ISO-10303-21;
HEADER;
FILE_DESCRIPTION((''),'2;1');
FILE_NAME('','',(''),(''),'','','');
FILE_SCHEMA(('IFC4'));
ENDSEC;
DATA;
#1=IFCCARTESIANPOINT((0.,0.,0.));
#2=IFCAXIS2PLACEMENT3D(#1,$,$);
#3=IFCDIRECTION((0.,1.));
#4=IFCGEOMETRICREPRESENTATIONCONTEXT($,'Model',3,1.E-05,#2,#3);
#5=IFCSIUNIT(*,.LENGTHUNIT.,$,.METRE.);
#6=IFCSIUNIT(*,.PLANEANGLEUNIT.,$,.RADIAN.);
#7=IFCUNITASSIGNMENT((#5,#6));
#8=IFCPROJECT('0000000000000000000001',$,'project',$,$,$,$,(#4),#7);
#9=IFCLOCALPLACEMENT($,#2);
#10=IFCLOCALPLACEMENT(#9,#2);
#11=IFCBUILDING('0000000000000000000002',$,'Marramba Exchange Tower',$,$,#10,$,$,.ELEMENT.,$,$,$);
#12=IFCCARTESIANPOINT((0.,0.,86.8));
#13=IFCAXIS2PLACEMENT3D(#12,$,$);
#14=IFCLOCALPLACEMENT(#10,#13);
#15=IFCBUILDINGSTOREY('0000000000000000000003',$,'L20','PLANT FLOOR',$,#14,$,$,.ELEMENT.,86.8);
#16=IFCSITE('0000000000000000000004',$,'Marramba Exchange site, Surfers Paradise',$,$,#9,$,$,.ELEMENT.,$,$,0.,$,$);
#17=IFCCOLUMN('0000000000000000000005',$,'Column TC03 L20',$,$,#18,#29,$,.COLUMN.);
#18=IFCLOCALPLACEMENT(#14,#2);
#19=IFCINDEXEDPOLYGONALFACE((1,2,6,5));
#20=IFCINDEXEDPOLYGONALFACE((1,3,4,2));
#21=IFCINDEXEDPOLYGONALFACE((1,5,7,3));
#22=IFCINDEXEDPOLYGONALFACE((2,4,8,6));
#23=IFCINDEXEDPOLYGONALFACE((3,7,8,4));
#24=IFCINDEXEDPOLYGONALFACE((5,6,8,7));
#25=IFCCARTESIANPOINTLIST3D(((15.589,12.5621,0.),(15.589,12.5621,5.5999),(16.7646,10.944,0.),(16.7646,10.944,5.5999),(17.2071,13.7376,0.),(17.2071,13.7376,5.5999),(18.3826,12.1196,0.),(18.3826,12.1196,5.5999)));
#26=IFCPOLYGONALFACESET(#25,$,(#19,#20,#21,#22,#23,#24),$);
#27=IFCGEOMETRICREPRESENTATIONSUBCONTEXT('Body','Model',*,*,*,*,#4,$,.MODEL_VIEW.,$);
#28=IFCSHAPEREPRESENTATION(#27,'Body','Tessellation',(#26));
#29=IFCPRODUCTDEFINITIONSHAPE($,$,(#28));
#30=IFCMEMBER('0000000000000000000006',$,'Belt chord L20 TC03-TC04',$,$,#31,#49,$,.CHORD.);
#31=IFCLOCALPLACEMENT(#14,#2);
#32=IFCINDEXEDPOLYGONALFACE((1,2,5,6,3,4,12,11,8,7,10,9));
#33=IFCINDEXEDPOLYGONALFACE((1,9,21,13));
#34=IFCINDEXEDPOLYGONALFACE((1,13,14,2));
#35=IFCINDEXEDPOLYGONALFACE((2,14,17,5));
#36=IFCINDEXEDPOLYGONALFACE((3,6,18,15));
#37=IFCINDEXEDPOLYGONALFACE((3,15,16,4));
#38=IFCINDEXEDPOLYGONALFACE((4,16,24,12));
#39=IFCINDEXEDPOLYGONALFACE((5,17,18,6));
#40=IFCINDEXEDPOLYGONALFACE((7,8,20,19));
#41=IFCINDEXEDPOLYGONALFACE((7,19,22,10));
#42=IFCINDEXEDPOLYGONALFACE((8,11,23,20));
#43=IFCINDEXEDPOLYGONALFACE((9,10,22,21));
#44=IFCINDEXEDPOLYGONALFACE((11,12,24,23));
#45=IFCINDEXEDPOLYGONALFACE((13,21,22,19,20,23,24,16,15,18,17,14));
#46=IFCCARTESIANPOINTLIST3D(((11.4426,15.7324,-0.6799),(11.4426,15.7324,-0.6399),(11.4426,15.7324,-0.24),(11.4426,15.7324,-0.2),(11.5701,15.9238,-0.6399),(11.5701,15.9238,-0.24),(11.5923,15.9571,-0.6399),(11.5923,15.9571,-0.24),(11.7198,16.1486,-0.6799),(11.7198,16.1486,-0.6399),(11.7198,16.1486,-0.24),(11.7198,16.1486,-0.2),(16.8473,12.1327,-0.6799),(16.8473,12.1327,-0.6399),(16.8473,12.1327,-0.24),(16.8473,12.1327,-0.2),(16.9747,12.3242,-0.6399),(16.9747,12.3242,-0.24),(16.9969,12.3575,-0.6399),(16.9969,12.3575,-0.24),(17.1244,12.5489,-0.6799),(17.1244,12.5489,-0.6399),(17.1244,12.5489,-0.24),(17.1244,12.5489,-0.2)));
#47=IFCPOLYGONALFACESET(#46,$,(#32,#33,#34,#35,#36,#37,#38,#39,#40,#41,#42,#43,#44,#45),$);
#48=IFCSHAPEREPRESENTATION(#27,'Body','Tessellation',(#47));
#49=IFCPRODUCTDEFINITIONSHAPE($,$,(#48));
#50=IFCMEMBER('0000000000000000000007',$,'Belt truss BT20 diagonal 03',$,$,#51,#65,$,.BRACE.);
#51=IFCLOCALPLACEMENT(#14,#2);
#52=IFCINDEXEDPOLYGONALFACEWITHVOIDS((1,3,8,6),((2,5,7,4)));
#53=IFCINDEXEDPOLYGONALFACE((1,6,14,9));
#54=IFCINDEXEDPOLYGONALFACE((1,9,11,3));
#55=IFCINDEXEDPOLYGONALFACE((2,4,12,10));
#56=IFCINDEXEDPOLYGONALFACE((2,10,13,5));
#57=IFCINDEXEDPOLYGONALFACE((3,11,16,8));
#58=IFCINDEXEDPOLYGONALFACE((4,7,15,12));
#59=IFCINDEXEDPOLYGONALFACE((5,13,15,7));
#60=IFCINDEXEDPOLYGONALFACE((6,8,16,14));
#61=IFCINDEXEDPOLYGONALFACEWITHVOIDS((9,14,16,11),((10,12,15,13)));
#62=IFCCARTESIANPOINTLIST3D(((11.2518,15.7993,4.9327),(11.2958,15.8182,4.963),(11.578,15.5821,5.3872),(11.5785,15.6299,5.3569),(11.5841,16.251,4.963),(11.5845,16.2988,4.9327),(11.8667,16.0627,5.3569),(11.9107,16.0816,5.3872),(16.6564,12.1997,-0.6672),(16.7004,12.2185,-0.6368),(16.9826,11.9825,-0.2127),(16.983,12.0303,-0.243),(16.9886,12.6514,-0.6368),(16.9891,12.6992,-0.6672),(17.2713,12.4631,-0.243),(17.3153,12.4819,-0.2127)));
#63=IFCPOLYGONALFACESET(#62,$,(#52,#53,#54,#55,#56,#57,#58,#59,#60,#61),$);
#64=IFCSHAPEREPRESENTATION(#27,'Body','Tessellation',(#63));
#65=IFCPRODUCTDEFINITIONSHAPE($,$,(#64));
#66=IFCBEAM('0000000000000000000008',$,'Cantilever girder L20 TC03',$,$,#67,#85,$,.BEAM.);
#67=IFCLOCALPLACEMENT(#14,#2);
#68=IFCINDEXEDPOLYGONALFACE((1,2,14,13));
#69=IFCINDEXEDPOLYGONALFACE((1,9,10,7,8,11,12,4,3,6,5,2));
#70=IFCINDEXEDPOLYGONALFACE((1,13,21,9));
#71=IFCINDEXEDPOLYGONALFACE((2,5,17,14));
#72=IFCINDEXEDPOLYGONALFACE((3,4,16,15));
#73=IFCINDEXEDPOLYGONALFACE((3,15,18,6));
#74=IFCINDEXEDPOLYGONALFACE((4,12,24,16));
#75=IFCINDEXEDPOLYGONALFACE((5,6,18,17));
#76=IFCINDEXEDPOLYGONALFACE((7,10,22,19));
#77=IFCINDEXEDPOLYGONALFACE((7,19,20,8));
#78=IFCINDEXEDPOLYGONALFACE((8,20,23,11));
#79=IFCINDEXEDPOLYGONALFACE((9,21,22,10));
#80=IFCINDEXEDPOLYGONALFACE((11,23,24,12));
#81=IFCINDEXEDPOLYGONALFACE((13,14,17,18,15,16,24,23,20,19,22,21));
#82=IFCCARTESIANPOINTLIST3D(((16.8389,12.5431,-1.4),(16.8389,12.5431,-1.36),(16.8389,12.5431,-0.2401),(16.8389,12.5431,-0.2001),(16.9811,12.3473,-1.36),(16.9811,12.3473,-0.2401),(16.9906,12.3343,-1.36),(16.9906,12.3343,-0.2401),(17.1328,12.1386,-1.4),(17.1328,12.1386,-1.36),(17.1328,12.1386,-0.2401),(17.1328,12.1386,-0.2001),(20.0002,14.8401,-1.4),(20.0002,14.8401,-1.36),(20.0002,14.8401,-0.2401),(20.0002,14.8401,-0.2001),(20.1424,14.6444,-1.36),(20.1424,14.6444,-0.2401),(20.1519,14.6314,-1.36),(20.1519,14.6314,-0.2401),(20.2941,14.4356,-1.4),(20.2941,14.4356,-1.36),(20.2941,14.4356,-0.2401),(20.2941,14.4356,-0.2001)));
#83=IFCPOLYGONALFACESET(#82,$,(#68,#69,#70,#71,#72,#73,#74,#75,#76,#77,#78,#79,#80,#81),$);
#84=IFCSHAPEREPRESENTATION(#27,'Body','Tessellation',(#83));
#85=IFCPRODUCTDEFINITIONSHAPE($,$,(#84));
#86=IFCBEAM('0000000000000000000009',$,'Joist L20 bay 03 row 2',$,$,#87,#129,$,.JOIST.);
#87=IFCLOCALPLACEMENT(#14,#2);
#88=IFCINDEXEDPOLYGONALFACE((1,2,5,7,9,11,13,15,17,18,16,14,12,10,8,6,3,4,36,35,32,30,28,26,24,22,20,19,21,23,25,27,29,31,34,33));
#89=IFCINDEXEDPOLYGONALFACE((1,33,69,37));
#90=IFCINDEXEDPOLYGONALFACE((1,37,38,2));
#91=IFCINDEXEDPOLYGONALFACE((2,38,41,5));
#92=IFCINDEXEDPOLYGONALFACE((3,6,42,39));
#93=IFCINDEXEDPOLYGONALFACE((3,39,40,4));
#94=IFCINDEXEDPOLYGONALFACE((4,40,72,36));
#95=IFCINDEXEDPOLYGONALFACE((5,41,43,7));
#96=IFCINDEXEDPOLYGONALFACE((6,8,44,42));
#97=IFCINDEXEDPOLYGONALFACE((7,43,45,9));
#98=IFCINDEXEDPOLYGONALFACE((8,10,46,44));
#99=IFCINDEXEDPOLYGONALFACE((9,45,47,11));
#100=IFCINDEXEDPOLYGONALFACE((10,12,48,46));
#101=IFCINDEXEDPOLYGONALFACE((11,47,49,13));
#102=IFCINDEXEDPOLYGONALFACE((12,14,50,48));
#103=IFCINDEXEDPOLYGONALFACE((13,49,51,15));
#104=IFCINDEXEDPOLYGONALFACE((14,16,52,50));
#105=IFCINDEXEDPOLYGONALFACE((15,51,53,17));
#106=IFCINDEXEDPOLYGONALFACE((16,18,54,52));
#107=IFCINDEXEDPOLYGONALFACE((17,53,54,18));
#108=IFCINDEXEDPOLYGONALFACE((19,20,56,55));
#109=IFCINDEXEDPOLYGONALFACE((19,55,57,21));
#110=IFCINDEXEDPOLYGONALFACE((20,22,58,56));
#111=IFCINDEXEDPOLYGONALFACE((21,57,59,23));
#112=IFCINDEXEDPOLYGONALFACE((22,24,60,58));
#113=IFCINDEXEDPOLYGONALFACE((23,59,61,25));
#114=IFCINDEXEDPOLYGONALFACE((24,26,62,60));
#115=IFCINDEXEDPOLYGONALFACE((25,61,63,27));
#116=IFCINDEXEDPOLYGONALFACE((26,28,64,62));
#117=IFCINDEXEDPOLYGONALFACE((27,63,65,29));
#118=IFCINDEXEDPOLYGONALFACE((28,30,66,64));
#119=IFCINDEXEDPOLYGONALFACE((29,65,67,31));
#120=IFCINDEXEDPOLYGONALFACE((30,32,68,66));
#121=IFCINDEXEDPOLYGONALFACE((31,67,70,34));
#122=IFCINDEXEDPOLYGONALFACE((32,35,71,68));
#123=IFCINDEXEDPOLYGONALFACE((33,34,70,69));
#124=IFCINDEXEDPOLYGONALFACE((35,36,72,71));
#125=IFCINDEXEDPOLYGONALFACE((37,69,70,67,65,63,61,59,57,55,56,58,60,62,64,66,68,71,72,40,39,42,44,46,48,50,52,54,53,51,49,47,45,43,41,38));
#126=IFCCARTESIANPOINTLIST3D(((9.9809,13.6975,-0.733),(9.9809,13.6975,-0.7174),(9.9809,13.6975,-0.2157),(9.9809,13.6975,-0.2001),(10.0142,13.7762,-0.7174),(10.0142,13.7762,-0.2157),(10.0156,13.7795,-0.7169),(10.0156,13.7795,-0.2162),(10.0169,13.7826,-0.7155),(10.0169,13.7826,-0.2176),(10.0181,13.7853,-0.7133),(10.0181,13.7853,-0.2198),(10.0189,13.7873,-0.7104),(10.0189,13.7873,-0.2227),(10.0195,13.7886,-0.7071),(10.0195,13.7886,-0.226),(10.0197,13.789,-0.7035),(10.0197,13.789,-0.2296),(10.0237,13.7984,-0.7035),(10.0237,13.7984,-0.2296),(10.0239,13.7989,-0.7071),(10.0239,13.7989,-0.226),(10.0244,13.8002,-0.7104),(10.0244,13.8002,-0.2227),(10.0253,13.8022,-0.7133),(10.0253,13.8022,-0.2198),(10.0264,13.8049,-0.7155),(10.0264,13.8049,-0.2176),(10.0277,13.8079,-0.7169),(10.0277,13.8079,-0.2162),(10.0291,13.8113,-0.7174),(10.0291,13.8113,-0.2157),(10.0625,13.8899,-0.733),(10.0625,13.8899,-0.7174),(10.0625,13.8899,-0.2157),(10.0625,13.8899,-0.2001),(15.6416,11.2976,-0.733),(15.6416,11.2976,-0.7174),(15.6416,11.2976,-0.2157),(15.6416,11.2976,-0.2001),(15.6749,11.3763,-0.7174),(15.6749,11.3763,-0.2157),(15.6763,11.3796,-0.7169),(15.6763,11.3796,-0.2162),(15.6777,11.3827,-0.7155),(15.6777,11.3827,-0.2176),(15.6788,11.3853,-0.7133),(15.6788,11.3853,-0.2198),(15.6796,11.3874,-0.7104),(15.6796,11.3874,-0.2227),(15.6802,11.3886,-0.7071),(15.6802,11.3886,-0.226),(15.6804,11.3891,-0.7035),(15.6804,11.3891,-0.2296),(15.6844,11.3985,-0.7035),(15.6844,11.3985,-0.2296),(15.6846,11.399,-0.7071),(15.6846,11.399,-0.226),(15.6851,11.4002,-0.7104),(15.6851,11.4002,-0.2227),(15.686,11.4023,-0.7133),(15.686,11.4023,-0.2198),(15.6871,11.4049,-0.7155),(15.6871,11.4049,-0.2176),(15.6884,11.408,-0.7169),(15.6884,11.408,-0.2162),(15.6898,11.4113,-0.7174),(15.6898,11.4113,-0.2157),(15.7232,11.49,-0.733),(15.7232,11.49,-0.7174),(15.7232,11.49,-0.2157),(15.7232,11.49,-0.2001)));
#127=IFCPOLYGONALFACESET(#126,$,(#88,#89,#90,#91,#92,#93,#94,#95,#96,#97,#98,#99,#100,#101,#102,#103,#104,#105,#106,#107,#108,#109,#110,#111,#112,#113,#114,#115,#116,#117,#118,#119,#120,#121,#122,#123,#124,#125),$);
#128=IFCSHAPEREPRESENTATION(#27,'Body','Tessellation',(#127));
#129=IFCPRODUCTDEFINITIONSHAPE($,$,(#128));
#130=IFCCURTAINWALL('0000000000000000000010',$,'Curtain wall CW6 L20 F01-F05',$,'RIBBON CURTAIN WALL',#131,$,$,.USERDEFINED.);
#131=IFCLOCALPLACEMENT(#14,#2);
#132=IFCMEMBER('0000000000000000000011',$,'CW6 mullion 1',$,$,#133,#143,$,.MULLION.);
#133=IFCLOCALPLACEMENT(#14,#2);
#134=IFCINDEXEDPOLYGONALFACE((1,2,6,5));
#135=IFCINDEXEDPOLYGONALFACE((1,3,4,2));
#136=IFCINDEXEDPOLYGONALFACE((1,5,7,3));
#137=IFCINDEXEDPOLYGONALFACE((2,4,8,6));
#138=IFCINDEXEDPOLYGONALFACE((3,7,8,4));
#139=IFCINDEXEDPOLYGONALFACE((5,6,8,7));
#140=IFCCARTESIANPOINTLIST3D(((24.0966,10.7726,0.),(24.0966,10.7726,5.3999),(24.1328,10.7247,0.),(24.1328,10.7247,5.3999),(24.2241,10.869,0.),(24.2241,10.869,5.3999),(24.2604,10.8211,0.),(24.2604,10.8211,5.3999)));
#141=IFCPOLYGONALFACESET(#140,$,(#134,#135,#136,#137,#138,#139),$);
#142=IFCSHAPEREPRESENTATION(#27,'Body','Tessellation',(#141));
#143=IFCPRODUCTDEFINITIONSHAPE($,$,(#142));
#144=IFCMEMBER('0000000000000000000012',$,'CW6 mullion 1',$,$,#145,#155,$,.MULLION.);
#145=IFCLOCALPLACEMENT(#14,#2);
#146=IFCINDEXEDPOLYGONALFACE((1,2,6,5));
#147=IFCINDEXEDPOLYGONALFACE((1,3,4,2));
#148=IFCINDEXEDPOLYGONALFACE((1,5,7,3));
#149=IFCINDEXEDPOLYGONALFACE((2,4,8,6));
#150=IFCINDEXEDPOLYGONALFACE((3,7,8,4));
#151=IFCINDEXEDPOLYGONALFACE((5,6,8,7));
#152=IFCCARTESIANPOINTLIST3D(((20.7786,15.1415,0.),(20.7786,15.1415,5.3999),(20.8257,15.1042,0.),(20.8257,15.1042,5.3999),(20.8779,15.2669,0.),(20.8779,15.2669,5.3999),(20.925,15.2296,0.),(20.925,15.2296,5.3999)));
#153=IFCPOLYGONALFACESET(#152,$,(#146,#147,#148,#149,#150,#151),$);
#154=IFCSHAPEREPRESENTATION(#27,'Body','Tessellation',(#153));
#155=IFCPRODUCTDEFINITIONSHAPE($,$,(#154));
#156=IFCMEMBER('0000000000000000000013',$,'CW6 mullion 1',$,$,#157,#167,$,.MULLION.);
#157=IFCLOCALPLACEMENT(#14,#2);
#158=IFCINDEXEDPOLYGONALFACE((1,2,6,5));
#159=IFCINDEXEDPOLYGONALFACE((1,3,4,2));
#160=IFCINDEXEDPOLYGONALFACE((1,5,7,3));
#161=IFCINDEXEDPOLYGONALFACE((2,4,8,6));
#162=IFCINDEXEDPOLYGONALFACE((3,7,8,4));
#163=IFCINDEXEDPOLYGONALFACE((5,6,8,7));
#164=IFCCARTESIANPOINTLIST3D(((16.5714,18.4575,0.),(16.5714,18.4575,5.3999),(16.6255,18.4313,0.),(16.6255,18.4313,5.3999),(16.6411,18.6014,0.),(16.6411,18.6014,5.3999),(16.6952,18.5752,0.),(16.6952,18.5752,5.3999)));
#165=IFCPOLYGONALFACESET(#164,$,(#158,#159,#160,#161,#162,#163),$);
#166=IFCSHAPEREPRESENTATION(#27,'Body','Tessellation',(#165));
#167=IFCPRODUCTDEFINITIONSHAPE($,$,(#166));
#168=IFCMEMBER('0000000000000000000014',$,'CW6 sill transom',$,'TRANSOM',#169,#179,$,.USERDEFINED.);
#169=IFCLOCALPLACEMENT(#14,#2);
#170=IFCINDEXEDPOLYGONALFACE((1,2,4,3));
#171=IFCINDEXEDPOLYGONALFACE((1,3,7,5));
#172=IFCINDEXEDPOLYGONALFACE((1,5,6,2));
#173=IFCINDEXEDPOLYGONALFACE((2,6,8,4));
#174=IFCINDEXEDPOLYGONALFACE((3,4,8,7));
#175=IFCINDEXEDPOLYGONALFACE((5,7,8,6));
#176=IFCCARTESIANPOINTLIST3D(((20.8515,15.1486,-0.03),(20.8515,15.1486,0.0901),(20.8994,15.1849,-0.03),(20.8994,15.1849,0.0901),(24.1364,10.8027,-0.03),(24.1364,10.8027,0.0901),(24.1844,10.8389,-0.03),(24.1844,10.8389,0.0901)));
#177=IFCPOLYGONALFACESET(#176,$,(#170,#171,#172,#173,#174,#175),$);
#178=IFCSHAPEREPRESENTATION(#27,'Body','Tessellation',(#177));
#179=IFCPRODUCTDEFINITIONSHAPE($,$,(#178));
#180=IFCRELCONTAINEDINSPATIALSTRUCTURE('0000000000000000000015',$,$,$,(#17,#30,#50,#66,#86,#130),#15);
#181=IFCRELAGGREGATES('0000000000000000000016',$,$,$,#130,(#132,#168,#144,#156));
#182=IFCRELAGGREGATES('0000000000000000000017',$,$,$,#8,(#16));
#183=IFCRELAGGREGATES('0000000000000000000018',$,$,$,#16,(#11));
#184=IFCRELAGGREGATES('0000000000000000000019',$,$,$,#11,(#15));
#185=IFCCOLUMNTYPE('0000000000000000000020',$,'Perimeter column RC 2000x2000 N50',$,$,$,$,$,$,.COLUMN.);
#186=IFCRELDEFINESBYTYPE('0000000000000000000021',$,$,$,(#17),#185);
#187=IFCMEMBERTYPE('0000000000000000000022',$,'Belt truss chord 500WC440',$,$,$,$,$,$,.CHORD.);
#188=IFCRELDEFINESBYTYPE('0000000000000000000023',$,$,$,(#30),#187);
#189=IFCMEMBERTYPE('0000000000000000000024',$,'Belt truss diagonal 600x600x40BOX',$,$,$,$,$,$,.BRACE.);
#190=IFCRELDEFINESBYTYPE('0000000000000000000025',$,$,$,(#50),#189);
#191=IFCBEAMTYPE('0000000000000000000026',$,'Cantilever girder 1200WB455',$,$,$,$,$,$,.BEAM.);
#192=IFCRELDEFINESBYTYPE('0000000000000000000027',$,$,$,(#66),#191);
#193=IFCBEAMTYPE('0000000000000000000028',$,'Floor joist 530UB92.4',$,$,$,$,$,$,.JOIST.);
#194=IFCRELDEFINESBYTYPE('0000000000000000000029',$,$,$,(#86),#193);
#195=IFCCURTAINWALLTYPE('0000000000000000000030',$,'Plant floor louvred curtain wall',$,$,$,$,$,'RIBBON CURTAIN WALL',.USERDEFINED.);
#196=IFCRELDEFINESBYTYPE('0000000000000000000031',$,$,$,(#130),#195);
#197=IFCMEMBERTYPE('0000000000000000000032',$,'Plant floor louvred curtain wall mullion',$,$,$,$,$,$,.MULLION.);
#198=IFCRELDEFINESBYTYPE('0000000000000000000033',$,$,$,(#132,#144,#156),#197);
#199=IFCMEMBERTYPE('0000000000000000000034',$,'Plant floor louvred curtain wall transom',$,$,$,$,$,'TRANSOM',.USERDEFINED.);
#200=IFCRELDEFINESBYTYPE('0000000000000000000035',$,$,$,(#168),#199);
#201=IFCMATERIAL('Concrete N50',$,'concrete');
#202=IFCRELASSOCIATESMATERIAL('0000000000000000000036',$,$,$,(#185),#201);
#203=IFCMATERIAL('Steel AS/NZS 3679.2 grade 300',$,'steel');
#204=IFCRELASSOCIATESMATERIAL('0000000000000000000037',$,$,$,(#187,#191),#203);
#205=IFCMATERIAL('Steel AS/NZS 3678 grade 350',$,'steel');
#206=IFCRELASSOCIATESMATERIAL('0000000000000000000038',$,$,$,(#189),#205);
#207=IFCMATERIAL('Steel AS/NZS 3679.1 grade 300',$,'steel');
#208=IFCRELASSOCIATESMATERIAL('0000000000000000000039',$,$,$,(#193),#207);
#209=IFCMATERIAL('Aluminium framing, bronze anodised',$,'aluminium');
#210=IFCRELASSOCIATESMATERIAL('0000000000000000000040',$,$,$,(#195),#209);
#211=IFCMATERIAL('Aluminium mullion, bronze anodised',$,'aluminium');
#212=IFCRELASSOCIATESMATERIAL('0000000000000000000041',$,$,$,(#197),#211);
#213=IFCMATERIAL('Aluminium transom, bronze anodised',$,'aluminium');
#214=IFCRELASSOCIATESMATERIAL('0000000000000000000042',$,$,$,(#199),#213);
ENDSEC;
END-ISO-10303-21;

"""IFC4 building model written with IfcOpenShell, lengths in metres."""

from ifc_helpers import new_model, si_unit, direction, frame, origin, origin_2d, place, context, subcontext, project, spatial, rectangle, hollow_rectangle, i_section, extrude, material, material_profile, profile_set, type_object, element, aggregate, save


model = new_model("IFC4")

# Units and contexts
model_context = context("Model", 3, precision=1e-05, world=origin(), true_north=direction((0.0, 1.0)))
body_context = subcontext(model_context, "Body", "Model", "MODEL_VIEW")
ifc_project = project(units=[si_unit("LENGTHUNIT", "METRE"), si_unit("PLANEANGLEUNIT", "RADIAN")], contexts=[model_context])

# Site, building, storey
site_placement = place(None, origin())
site = spatial("IfcSite", under=ifc_project, at=site_placement, Name="Marramba Exchange site, Surfers Paradise", CompositionType="ELEMENT", RefElevation=0.0)
building_placement = place(site_placement, origin())
building = spatial("IfcBuilding", under=site, at=building_placement, Name="Marramba Exchange Tower", CompositionType="ELEMENT")
storey_placement = place(building_placement, frame((0.0, 0.0, 86.8)))
storey = spatial("IfcBuildingStorey", under=building, at=storey_placement, Name="L20", Description="PLANT FLOOR", CompositionType="ELEMENT", Elevation=86.8)

# Column
ifc_material_1 = material(Name="Concrete N50", Category="concrete")
ifc_material_profile_1 = material_profile(ifc_material_1, rectangle(XDim=2.0, YDim=2.0, at=origin_2d()), Name="RC 2000x2000")
ifc_profile_set_1 = profile_set([ifc_material_profile_1], Name="Concrete N50")
column_type = type_object("IfcColumnType", Name="Perimeter column RC 2000x2000 N50", PredefinedType="COLUMN", material=ifc_profile_set_1)
column_placement = place(storey_placement, frame((16.9858, 12.3408, 0.0), z_axis=(0.0, 0.0, 1.0), x_axis=(0.809017, 0.587785, 0.0)))
element("IfcColumn", 1, at=column_placement, inside=storey, type_object=column_type, Name="Column TC03 L20", PredefinedType="COLUMN", context=body_context, shape_type="SweptSolid", body=[
    extrude(rectangle(XDim=2.0, YDim=2.0, at=origin_2d()), origin(), (0.0, 0.0, 1.0), 5.5999),
])

# Members
ifc_material_2 = material(Name="Steel AS/NZS 3679.2 grade 300", Category="steel")
ifc_material_profile_2 = material_profile(ifc_material_2, i_section(OverallWidth=0.5, OverallDepth=0.48, WebThickness=0.04, FlangeThickness=0.04, at=origin_2d()), Name="500WC440")
ifc_profile_set_2 = profile_set([ifc_material_profile_2], Name="Steel AS/NZS 3679.2 grade 300")
member_type_1 = type_object("IfcMemberType", Name="Belt truss chord 500WC440", PredefinedType="CHORD", material=ifc_profile_set_2)
member_1_placement = place(storey_placement, frame((16.9858, 12.3408, -0.4399), z_axis=(-0.832293, 0.554336, 0.0), x_axis=(-0.554336, -0.832293, 0.0)))
element("IfcMember", 2, at=member_1_placement, inside=storey, type_object=member_type_1, Name="Belt chord L20 TC03-TC04", PredefinedType="CHORD", context=body_context, shape_type="SweptSolid", body=[
    extrude(i_section(OverallWidth=0.5, OverallDepth=0.48, WebThickness=0.04, FlangeThickness=0.04, at=origin_2d()), origin(), (0.0, 0.0, 1.0), 6.4937),
])
ifc_material_3 = material(Name="Steel AS/NZS 3678 grade 350", Category="steel")
ifc_material_profile_3 = material_profile(ifc_material_3, hollow_rectangle(XDim=0.6001, YDim=0.6001, WallThickness=0.04, at=origin_2d()), Name="600x600x40BOX")
ifc_profile_set_3 = profile_set([ifc_material_profile_3], Name="Steel AS/NZS 3678 grade 350")
member_type_2 = type_object("IfcMemberType", Name="Belt truss diagonal 600x600x40BOX", PredefinedType="BRACE", material=ifc_profile_set_3)
member_2_placement = place(storey_placement, frame((16.9858, 12.3408, -0.4399), z_axis=(-0.630293, 0.419797, 0.653071), x_axis=(-0.554336, -0.832293, 0.0)))
element("IfcMember", 3, at=member_2_placement, inside=storey, type_object=member_type_2, Name="Belt truss BT20 diagonal 03", PredefinedType="BRACE", context=body_context, shape_type="SweptSolid", body=[
    extrude(hollow_rectangle(XDim=0.6001, YDim=0.6001, WallThickness=0.04, at=origin_2d()), origin(), (0.0, 0.0, 1.0), 8.5747),
])

# Beams
ifc_material_profile_4 = material_profile(ifc_material_2, i_section(OverallWidth=0.5, OverallDepth=1.2, WebThickness=0.0161, FlangeThickness=0.04, at=origin_2d()), Name="1200WB455")
ifc_profile_set_4 = profile_set([ifc_material_profile_4], Name="Steel AS/NZS 3679.2 grade 300")
beam_type_1 = type_object("IfcBeamType", Name="Cantilever girder 1200WB455", PredefinedType="BEAM", material=ifc_profile_set_4)
beam_1_placement = place(storey_placement, frame((16.9858, 12.3408, -0.8), z_axis=(0.808987, 0.587826, 0.0), x_axis=(-0.587826, 0.808987, 0.0)))
element("IfcBeam", 4, at=beam_1_placement, inside=storey, type_object=beam_type_1, Name="Cantilever girder L20 TC03", PredefinedType="BEAM", context=body_context, shape_type="SweptSolid", body=[
    extrude(i_section(OverallWidth=0.5, OverallDepth=1.2, WebThickness=0.0161, FlangeThickness=0.04, at=origin_2d()), origin(), (0.0, 0.0, 1.0), 3.9077),
])
ifc_material_4 = material(Name="Steel AS/NZS 3679.1 grade 300", Category="steel")
ifc_material_profile_5 = material_profile(ifc_material_4, i_section(OverallWidth=0.209, OverallDepth=0.533, WebThickness=0.0103, FlangeThickness=0.0156, FilletRadius=0.0139, at=origin_2d()), Name="530UB92.4")
ifc_profile_set_5 = profile_set([ifc_material_profile_5], Name="Steel AS/NZS 3679.1 grade 300")
beam_type_2 = type_object("IfcBeamType", Name="Floor joist 530UB92.4", PredefinedType="JOIST", material=ifc_profile_set_5)
beam_2_placement = place(storey_placement, frame((15.6824, 11.3938, -0.4666), z_axis=(-0.920674, 0.390332, 0.0), x_axis=(-0.390332, -0.920674, 0.0)))
element("IfcBeam", 5, at=beam_2_placement, inside=storey, type_object=beam_type_2, Name="Joist L20 bay 03 row 2", PredefinedType="JOIST", context=body_context, shape_type="SweptSolid", body=[
    extrude(i_section(OverallWidth=0.209, OverallDepth=0.533, WebThickness=0.0103, FlangeThickness=0.0156, FilletRadius=0.0139, at=origin_2d()), origin(), (0.0, 0.0, 1.0), 6.1484),
])

# Curtain wall, members
ifc_material_5 = material(Name="Aluminium framing, bronze anodised", Category="aluminium")
curtain_wall_type = type_object("IfcCurtainWallType", Name="Plant floor louvred curtain wall", ElementType="RIBBON CURTAIN WALL", PredefinedType="USERDEFINED", material=ifc_material_5)
curtain_wall_placement = place(storey_placement, origin())
curtain_wall = element("IfcCurtainWall", 6, at=curtain_wall_placement, inside=storey, type_object=curtain_wall_type, Name="Curtain wall CW6 L20 F01-F05", ObjectType="RIBBON CURTAIN WALL", PredefinedType="USERDEFINED")
ifc_material_6 = material(Name="Aluminium mullion, bronze anodised", Category="aluminium")
ifc_material_profile_6 = material_profile(ifc_material_6, rectangle(XDim=0.1599, YDim=0.0601, at=origin_2d()), Name="CW6 mullion 60x160")
ifc_profile_set_6 = profile_set([ifc_material_profile_6], Name="Aluminium mullion, bronze anodised")
member_type_3 = type_object("IfcMemberType", Name="Plant floor louvred curtain wall mullion", PredefinedType="MULLION", material=ifc_profile_set_6)
member_3_placement = place(storey_placement, frame((24.1785, 10.7969, 0.0), z_axis=(0.0, 0.0, 1.0), x_axis=(-0.797749, -0.60299, 0.0)))
member_3 = element("IfcMember", 7, at=member_3_placement, type_object=member_type_3, Name="CW6 mullion 1", PredefinedType="MULLION", context=body_context, shape_type="SweptSolid", body=[
    extrude(rectangle(XDim=0.1599, YDim=0.0601, at=origin_2d()), origin(), (0.0, 0.0, 1.0), 5.3999),
])
member_4_placement = place(storey_placement, frame((20.8518, 15.1855, 0.0), z_axis=(0.0, 0.0, 1.0), x_axis=(-0.62065, -0.784088, 0.0)))
member_4 = element("IfcMember", 8, at=member_4_placement, type_object=member_type_3, Name="CW6 mullion 1", PredefinedType="MULLION", context=body_context, shape_type="SweptSolid", body=[
    extrude(rectangle(XDim=0.1599, YDim=0.0601, at=origin_2d()), origin(), (0.0, 0.0, 1.0), 5.3999),
])
member_5_placement = place(storey_placement, frame((16.6333, 18.5164, 0.0), z_axis=(0.0, 0.0, 1.0), x_axis=(-0.435965, -0.899963, 0.0)))
member_5 = element("IfcMember", 9, at=member_5_placement, type_object=member_type_3, Name="CW6 mullion 1", PredefinedType="MULLION", context=body_context, shape_type="SweptSolid", body=[
    extrude(rectangle(XDim=0.1599, YDim=0.0601, at=origin_2d()), origin(), (0.0, 0.0, 1.0), 5.3999),
])
ifc_material_7 = material(Name="Aluminium transom, bronze anodised", Category="aluminium")
ifc_material_profile_7 = material_profile(ifc_material_7, rectangle(XDim=0.0601, YDim=0.1201, at=origin_2d()), Name="CW6 transom 60x120")
ifc_profile_set_7 = profile_set([ifc_material_profile_7], Name="Aluminium transom, bronze anodised")
member_type_4 = type_object("IfcMemberType", Name="Plant floor louvred curtain wall transom", ElementType="TRANSOM", PredefinedType="USERDEFINED", material=ifc_profile_set_7)
member_6_placement = place(storey_placement, frame((24.1604, 10.8208, 0.03), z_axis=(-0.602986, 0.797752, 0.0), x_axis=(-0.797752, -0.602986, 0.0)))
member_6 = element("IfcMember", 10, at=member_6_placement, type_object=member_type_4, Name="CW6 sill transom", ObjectType="TRANSOM", PredefinedType="USERDEFINED", context=body_context, shape_type="SweptSolid", body=[
    extrude(rectangle(XDim=0.0601, YDim=0.1201, at=origin_2d()), origin(), (0.0, 0.0, 1.0), 5.4478),
])

aggregate(curtain_wall, [member_3, member_6, member_4, member_5])

save(model, "model.ifc")
